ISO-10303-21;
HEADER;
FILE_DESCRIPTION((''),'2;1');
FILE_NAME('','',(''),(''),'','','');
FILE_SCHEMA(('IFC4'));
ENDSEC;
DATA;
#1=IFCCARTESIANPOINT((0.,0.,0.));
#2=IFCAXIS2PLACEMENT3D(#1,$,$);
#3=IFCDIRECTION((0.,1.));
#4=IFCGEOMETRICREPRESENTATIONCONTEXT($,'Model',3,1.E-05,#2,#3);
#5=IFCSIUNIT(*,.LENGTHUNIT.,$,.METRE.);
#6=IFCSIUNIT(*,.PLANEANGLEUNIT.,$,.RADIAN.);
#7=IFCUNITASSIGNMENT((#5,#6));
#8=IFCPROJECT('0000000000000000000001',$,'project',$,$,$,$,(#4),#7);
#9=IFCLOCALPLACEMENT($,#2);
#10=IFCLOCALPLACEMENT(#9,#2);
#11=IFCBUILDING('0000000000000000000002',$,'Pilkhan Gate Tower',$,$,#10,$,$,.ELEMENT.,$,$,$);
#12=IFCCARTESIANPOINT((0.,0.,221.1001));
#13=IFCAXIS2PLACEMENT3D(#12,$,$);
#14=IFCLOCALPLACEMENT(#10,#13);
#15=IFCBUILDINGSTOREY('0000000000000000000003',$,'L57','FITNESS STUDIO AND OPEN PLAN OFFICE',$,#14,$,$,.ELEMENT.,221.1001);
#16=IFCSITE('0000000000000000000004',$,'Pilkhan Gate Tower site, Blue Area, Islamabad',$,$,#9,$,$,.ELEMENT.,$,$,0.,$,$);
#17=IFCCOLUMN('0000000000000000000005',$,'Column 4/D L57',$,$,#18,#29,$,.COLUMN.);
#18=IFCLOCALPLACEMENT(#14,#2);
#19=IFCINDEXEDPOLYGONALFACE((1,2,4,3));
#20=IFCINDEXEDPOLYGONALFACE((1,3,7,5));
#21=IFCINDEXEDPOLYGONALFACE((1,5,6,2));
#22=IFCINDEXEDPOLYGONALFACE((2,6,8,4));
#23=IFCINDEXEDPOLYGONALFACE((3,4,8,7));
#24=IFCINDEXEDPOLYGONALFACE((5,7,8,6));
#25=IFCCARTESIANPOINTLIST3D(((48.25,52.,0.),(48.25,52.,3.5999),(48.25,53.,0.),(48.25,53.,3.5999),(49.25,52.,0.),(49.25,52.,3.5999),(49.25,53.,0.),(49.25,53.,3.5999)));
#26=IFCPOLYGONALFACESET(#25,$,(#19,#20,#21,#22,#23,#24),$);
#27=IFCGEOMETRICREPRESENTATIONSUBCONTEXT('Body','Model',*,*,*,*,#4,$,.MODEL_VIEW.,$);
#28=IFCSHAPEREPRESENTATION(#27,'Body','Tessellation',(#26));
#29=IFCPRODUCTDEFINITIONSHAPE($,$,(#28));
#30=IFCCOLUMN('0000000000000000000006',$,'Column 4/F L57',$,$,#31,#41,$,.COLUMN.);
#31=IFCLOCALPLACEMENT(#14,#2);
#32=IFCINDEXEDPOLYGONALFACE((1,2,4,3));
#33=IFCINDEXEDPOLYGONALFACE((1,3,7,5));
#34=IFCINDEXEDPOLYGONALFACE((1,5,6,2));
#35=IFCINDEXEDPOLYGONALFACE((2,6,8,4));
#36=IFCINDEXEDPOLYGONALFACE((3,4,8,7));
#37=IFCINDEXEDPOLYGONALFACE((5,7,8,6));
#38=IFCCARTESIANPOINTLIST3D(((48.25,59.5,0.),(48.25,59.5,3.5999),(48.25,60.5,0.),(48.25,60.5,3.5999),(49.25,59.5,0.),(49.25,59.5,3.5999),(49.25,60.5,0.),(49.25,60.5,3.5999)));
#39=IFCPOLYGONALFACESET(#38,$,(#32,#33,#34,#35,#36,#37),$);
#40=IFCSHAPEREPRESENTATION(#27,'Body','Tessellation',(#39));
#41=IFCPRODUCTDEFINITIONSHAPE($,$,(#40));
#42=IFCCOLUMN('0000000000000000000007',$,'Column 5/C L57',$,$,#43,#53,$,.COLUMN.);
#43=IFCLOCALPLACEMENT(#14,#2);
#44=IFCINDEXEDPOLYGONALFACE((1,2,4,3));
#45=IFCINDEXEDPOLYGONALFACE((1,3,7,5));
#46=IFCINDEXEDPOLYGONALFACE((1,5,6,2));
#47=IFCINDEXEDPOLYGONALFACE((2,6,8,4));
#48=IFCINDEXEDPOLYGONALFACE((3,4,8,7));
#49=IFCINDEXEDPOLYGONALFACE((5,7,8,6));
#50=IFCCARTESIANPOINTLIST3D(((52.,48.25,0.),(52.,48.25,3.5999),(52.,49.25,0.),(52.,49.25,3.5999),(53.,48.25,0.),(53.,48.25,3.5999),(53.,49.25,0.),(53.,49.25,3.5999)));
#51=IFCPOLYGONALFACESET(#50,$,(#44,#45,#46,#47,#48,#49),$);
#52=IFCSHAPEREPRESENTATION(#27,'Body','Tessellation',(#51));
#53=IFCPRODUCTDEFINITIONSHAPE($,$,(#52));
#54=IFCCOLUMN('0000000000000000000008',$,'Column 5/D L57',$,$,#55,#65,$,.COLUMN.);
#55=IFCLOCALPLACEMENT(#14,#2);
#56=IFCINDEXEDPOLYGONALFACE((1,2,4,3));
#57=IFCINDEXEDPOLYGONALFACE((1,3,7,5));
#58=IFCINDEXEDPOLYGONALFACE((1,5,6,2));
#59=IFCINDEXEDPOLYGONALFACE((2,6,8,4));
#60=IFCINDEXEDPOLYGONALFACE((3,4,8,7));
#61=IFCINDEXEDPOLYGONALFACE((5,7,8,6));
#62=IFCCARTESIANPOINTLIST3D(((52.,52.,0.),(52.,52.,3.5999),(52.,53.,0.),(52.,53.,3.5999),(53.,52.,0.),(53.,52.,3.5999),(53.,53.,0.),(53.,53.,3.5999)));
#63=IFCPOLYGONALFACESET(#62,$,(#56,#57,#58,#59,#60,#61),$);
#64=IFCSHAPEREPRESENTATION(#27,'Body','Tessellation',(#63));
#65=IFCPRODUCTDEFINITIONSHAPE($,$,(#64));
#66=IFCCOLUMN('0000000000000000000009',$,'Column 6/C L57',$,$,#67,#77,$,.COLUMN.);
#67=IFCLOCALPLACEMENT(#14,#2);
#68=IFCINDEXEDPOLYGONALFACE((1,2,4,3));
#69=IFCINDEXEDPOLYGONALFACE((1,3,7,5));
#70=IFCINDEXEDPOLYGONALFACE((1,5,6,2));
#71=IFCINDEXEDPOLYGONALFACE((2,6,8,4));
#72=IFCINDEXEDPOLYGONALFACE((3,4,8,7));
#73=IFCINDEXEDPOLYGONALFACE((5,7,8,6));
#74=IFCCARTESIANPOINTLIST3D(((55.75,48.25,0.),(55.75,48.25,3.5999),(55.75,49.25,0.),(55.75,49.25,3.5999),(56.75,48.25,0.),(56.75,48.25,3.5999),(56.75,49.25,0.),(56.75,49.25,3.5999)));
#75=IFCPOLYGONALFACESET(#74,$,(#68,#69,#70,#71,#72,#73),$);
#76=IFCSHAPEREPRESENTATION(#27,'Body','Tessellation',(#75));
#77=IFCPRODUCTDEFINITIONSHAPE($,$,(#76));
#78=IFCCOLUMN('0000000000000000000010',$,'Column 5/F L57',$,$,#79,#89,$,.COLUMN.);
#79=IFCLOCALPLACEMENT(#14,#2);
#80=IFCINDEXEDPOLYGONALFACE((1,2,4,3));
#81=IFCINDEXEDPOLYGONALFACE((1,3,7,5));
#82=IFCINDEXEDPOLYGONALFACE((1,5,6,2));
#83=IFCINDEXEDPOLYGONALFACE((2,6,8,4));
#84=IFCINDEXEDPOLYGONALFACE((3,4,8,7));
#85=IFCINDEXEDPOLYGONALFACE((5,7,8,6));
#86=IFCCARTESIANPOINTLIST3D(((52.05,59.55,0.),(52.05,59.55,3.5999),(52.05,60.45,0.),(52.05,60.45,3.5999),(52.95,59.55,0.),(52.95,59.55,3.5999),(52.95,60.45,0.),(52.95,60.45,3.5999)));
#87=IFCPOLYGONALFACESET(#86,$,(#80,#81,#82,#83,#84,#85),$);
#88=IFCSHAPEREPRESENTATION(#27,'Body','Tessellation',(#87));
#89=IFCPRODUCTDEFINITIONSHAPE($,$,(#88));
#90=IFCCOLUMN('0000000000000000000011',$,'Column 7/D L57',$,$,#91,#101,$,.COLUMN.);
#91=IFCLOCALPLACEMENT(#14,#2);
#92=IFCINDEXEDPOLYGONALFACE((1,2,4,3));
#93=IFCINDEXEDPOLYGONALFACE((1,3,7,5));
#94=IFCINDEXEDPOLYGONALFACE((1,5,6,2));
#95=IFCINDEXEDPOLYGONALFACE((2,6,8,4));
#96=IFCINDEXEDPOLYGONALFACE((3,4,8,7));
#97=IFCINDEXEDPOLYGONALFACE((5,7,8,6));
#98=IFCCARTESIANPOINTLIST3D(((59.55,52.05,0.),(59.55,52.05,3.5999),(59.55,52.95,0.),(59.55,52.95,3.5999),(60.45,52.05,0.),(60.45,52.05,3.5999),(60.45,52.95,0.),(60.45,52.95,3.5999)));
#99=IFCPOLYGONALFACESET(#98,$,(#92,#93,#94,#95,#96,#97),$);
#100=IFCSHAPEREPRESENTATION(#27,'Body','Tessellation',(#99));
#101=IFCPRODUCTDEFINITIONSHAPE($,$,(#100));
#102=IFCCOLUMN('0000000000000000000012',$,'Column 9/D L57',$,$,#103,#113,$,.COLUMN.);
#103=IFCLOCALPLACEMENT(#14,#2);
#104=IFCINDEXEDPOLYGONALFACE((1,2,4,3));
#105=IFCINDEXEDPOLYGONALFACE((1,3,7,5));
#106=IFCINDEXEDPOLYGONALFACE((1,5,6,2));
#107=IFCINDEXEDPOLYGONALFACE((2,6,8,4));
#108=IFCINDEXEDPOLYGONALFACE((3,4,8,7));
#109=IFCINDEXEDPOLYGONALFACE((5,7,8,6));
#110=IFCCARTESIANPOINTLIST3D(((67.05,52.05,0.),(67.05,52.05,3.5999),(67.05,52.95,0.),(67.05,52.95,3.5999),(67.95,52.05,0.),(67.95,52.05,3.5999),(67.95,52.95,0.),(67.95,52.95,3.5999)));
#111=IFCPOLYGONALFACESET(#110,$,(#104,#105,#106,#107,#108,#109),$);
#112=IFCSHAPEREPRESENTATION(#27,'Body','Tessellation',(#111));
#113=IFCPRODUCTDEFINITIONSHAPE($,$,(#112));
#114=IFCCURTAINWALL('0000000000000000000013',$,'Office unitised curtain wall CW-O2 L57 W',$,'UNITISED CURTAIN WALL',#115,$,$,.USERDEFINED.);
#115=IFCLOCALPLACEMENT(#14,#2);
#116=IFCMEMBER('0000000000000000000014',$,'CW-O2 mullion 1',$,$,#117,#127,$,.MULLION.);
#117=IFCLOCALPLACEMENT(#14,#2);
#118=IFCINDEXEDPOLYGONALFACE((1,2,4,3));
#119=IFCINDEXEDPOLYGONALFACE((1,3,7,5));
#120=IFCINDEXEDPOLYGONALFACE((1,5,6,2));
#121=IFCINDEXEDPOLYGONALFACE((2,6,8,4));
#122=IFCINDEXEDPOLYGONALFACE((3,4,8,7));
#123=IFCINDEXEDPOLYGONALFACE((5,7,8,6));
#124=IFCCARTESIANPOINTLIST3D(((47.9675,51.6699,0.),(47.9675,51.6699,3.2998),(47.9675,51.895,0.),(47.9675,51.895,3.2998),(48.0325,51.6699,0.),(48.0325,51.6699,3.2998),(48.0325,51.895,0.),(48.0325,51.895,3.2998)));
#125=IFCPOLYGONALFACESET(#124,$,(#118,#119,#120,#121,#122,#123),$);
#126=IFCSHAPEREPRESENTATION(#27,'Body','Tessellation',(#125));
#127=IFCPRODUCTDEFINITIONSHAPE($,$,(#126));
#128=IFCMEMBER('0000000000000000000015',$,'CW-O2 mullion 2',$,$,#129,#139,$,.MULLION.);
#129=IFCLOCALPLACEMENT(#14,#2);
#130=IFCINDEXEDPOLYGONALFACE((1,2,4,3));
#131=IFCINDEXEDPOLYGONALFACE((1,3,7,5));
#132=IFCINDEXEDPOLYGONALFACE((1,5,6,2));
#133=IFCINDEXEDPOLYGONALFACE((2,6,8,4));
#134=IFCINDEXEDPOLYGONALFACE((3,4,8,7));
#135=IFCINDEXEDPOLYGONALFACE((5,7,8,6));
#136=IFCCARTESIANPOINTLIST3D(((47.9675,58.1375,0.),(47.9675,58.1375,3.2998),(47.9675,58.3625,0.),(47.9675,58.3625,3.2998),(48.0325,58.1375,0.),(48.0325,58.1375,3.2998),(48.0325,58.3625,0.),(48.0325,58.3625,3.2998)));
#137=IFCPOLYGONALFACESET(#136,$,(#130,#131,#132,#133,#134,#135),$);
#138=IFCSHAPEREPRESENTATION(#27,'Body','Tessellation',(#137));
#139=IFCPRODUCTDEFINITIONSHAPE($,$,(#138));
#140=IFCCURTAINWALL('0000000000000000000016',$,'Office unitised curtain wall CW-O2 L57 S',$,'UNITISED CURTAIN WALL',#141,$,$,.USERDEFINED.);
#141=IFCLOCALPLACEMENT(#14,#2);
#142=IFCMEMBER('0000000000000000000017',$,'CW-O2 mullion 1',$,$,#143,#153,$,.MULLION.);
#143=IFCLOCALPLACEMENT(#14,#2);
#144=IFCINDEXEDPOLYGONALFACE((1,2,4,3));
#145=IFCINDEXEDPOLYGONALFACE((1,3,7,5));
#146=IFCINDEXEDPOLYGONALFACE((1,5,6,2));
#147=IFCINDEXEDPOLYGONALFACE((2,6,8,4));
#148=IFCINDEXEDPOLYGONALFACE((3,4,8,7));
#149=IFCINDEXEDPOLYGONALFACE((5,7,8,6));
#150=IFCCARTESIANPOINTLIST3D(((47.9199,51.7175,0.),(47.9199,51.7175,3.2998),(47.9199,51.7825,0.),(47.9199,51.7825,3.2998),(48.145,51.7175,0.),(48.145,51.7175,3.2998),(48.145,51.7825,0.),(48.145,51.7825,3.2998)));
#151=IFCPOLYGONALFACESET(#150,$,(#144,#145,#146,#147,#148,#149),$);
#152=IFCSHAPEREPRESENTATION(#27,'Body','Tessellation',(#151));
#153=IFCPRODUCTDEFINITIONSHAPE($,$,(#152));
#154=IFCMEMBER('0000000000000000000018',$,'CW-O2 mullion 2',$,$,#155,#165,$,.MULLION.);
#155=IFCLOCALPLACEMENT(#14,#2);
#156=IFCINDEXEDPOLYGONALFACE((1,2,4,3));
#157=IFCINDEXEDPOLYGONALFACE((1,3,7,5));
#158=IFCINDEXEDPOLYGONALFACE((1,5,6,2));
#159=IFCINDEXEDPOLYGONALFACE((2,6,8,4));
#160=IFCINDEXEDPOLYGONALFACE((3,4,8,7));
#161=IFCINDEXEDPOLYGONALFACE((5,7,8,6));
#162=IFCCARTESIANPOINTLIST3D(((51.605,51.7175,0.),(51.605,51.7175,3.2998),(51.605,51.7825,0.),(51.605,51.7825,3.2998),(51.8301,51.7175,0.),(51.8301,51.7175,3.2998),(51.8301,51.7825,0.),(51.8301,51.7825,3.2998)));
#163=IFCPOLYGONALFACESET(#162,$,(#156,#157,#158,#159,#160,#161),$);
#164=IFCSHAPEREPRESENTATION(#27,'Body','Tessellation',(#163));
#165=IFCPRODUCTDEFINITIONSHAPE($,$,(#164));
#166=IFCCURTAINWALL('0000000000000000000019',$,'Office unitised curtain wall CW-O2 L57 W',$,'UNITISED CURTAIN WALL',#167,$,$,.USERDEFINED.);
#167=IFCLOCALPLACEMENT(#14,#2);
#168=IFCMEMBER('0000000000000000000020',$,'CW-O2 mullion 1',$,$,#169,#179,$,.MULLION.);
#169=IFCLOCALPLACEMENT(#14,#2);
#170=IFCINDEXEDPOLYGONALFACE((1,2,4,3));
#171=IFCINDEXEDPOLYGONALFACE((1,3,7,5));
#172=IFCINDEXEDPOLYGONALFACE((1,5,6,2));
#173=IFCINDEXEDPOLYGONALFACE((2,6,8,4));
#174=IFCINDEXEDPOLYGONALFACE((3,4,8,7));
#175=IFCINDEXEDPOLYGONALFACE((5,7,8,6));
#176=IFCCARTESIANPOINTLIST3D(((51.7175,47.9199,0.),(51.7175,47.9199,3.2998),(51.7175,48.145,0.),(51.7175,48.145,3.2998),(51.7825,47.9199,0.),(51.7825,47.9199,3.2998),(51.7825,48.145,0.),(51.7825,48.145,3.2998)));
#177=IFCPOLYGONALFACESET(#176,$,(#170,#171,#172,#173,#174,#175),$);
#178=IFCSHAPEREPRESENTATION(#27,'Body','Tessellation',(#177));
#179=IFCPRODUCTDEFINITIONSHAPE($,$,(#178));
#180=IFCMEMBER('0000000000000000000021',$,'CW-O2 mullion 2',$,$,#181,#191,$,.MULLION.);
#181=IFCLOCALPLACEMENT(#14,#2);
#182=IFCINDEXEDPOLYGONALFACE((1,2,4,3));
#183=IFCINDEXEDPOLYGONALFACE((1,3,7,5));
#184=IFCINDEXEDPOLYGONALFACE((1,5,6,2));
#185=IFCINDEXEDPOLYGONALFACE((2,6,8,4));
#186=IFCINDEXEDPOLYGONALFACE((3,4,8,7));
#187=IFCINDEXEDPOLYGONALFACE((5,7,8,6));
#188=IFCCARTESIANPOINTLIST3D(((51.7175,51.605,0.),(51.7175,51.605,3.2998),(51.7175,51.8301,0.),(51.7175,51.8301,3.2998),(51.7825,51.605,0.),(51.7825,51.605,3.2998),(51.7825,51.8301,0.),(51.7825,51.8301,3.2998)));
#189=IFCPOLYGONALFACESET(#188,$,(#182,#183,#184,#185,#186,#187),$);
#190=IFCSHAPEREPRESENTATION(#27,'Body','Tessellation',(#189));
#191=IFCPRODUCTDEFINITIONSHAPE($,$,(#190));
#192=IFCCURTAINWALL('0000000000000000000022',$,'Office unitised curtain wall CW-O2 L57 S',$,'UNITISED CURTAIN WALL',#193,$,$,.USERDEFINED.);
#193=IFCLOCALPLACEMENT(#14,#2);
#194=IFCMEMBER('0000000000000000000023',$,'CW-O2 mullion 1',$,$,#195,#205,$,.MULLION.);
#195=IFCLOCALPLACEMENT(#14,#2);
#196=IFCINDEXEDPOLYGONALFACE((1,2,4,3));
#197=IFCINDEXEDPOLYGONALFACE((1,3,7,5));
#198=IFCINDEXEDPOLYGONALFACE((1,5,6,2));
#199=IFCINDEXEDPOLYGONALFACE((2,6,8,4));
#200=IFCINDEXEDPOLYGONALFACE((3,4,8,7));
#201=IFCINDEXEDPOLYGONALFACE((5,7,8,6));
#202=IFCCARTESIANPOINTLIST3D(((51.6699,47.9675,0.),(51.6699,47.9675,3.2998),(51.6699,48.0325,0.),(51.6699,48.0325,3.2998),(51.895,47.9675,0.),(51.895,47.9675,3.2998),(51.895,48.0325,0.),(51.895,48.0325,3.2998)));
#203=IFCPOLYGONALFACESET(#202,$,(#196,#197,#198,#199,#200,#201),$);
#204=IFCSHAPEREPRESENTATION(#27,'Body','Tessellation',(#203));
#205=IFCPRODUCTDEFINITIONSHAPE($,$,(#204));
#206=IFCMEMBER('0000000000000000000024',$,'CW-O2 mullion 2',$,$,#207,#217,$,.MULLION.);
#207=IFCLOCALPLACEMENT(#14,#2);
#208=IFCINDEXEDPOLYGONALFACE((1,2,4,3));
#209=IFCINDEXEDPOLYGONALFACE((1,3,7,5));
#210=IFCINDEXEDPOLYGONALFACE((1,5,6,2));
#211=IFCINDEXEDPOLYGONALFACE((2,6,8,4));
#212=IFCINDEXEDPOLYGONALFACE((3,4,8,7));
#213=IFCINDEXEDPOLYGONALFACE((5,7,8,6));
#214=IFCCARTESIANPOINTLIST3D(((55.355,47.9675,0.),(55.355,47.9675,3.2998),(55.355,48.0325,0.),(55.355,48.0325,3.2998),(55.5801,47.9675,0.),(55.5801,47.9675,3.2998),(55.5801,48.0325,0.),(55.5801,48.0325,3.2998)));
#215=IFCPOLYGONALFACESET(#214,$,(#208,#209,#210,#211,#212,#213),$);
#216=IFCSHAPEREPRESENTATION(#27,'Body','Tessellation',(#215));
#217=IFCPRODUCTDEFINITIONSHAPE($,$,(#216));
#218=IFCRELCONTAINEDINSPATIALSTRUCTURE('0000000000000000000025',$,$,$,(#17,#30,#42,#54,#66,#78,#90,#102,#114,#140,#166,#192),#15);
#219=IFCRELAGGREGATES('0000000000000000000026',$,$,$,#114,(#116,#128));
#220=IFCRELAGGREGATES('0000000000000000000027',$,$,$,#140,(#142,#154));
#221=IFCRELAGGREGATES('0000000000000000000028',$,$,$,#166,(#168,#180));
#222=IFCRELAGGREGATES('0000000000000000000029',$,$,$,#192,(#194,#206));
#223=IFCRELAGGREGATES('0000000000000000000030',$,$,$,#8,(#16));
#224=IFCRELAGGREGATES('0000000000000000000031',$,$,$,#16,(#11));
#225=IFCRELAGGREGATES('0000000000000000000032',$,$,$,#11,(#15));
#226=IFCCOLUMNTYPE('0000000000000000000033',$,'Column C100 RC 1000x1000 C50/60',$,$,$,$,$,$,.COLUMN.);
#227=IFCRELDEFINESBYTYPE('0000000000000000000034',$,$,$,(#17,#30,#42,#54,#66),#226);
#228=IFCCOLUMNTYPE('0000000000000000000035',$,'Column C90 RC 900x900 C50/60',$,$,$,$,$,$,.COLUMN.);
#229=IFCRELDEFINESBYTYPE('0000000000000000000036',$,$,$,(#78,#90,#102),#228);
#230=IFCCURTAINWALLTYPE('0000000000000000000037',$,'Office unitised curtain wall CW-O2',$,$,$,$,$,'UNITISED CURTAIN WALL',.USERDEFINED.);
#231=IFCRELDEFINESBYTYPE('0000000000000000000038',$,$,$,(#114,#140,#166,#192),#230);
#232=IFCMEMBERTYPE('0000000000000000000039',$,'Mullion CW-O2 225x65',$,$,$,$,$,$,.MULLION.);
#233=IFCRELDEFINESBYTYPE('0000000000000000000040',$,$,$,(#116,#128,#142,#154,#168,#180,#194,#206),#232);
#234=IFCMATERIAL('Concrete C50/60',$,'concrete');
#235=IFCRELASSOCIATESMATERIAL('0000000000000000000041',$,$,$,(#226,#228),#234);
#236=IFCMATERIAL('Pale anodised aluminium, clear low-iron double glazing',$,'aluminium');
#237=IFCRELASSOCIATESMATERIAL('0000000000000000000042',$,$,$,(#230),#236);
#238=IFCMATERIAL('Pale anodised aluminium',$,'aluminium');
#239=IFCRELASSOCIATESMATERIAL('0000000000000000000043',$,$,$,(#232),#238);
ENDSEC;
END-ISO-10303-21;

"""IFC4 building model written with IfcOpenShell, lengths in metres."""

from ifc_helpers import new_model, si_unit, direction, frame, origin, origin_2d, place, context, subcontext, project, spatial, rectangle, extrude, material, material_profile, profile_set, type_object, element, aggregate, save


model = new_model("IFC4")

# Units and contexts
model_context = context("Model", 3, precision=1e-05, world=origin(), true_north=direction((0.0, 1.0)))
body_context = subcontext(model_context, "Body", "Model", "MODEL_VIEW")
ifc_project = project(units=[si_unit("LENGTHUNIT", "METRE"), si_unit("PLANEANGLEUNIT", "RADIAN")], contexts=[model_context])

# Site, building, storey
site_placement = place(None, origin())
site = spatial("IfcSite", under=ifc_project, at=site_placement, Name="Pilkhan Gate Tower site, Blue Area, Islamabad", CompositionType="ELEMENT", RefElevation=0.0)
building_placement = place(site_placement, origin())
building = spatial("IfcBuilding", under=site, at=building_placement, Name="Pilkhan Gate Tower", CompositionType="ELEMENT")
storey_placement = place(building_placement, frame((0.0, 0.0, 221.1001)))
storey = spatial("IfcBuildingStorey", under=building, at=storey_placement, Name="L57", Description="FITNESS STUDIO AND OPEN PLAN OFFICE", CompositionType="ELEMENT", Elevation=221.1001)

# Columns
ifc_material_1 = material(Name="Concrete C50/60", Category="concrete")
ifc_material_profile_1 = material_profile(ifc_material_1, rectangle(XDim=1.0, YDim=1.0, at=origin_2d()), Name="RC 1000x1000")
ifc_profile_set_1 = profile_set([ifc_material_profile_1], Name="Concrete C50/60")
column_type_1 = type_object("IfcColumnType", Name="Column C100 RC 1000x1000 C50/60", PredefinedType="COLUMN", material=ifc_profile_set_1)
for number, where, z_axis, x_axis, name in (
    (1, (48.75, 52.5, 0.0), (0.0, 0.0, 1.0), (1.0, 0.0, 0.0), "Column 4/D L57"),
    (2, (48.75, 60.0, 0.0), (0.0, 0.0, 1.0), (1.0, 0.0, 0.0), "Column 4/F L57"),
    (3, (52.5, 48.75, 0.0), (0.0, 0.0, 1.0), (1.0, 0.0, 0.0), "Column 5/C L57"),
    (4, (52.5, 52.5, 0.0), (0.0, 0.0, 1.0), (1.0, 0.0, 0.0), "Column 5/D L57"),
    (5, (56.25, 48.75, 0.0), (0.0, 0.0, 1.0), (1.0, 0.0, 0.0), "Column 6/C L57"),
):
    element("IfcColumn", number, at=place(storey_placement, frame(where, z_axis=z_axis, x_axis=x_axis)), inside=storey, type_object=column_type_1, Name=name, PredefinedType="COLUMN", context=body_context, shape_type="SweptSolid", body=[
        extrude(rectangle(XDim=1.0, YDim=1.0, at=origin_2d()), origin(), (0.0, 0.0, 1.0), 3.5999),
    ])
ifc_material_profile_2 = material_profile(ifc_material_1, rectangle(XDim=0.8999, YDim=0.8999, at=origin_2d()), Name="RC 900x900")
ifc_profile_set_2 = profile_set([ifc_material_profile_2], Name="Concrete C50/60")
column_type_2 = type_object("IfcColumnType", Name="Column C90 RC 900x900 C50/60", PredefinedType="COLUMN", material=ifc_profile_set_2)
for number, where, z_axis, x_axis, name in (
    (6, (52.5, 60.0, 0.0), (0.0, 0.0, 1.0), (1.0, 0.0, 0.0), "Column 5/F L57"),
    (7, (60.0, 52.5, 0.0), (0.0, 0.0, 1.0), (1.0, 0.0, 0.0), "Column 7/D L57"),
    (8, (67.5, 52.5, 0.0), (0.0, 0.0, 1.0), (1.0, 0.0, 0.0), "Column 9/D L57"),
):
    element("IfcColumn", number, at=place(storey_placement, frame(where, z_axis=z_axis, x_axis=x_axis)), inside=storey, type_object=column_type_2, Name=name, PredefinedType="COLUMN", context=body_context, shape_type="SweptSolid", body=[
        extrude(rectangle(XDim=0.8999, YDim=0.8999, at=origin_2d()), origin(), (0.0, 0.0, 1.0), 3.5999),
    ])

# Curtain walls, members
ifc_material_2 = material(Name="Pale anodised aluminium, clear low-iron double glazing", Category="aluminium")
curtain_wall_type = type_object("IfcCurtainWallType", Name="Office unitised curtain wall CW-O2", ElementType="UNITISED CURTAIN WALL", PredefinedType="USERDEFINED", material=ifc_material_2)
curtain_wall_1_placement = place(storey_placement, origin())
curtain_wall_1 = element("IfcCurtainWall", 9, at=curtain_wall_1_placement, inside=storey, type_object=curtain_wall_type, Name="Office unitised curtain wall CW-O2 L57 W", ObjectType="UNITISED CURTAIN WALL", PredefinedType="USERDEFINED")
ifc_material_3 = material(Name="Pale anodised aluminium", Category="aluminium")
ifc_material_profile_3 = material_profile(ifc_material_3, rectangle(XDim=0.0649, YDim=0.2251, at=origin_2d()), Name="Mullion 225x65")
ifc_profile_set_3 = profile_set([ifc_material_profile_3], Name="Pale anodised aluminium")
member_type_1 = type_object("IfcMemberType", Name="Mullion CW-O2 225x65", PredefinedType="MULLION", material=ifc_profile_set_3)
member_1_placement = place(storey_placement, frame((48.0, 51.7825, 0.0), z_axis=(0.0, 0.0, 1.0), x_axis=(-1.0, 0.0, 0.0)))
member_1 = element("IfcMember", 10, at=member_1_placement, type_object=member_type_1, Name="CW-O2 mullion 1", PredefinedType="MULLION", context=body_context, shape_type="SweptSolid", body=[
    extrude(rectangle(XDim=0.0649, YDim=0.2251, at=origin_2d()), origin(), (0.0, 0.0, 1.0), 3.2998),
])
member_2_placement = place(storey_placement, frame((48.0, 58.25, 0.0), z_axis=(0.0, 0.0, 1.0), x_axis=(-1.0, 0.0, 0.0)))
member_2 = element("IfcMember", 11, at=member_2_placement, type_object=member_type_1, Name="CW-O2 mullion 2", PredefinedType="MULLION", context=body_context, shape_type="SweptSolid", body=[
    extrude(rectangle(XDim=0.0649, YDim=0.2251, at=origin_2d()), origin(), (0.0, 0.0, 1.0), 3.2998),
])
curtain_wall_2_placement = place(storey_placement, origin())
curtain_wall_2 = element("IfcCurtainWall", 12, at=curtain_wall_2_placement, inside=storey, type_object=curtain_wall_type, Name="Office unitised curtain wall CW-O2 L57 S", ObjectType="UNITISED CURTAIN WALL", PredefinedType="USERDEFINED")
member_3_placement = place(storey_placement, frame((48.0325, 51.75, 0.0), z_axis=(0.0, 0.0, 1.0), x_axis=(0.0, 1.0, 0.0)))
member_3 = element("IfcMember", 13, at=member_3_placement, type_object=member_type_1, Name="CW-O2 mullion 1", PredefinedType="MULLION", context=body_context, shape_type="SweptSolid", body=[
    extrude(rectangle(XDim=0.0649, YDim=0.2251, at=origin_2d()), origin(), (0.0, 0.0, 1.0), 3.2998),
])
member_4_placement = place(storey_placement, frame((51.7175, 51.75, 0.0), z_axis=(0.0, 0.0, 1.0), x_axis=(0.0, 1.0, 0.0)))
member_4 = element("IfcMember", 14, at=member_4_placement, type_object=member_type_1, Name="CW-O2 mullion 2", PredefinedType="MULLION", context=body_context, shape_type="SweptSolid", body=[
    extrude(rectangle(XDim=0.0649, YDim=0.2251, at=origin_2d()), origin(), (0.0, 0.0, 1.0), 3.2998),
])
curtain_wall_3_placement = place(storey_placement, origin())
curtain_wall_3 = element("IfcCurtainWall", 15, at=curtain_wall_3_placement, inside=storey, type_object=curtain_wall_type, Name="Office unitised curtain wall CW-O2 L57 W", ObjectType="UNITISED CURTAIN WALL", PredefinedType="USERDEFINED")
member_5_placement = place(storey_placement, frame((51.75, 48.0325, 0.0), z_axis=(0.0, 0.0, 1.0), x_axis=(-1.0, 0.0, 0.0)))
member_5 = element("IfcMember", 16, at=member_5_placement, type_object=member_type_1, Name="CW-O2 mullion 1", PredefinedType="MULLION", context=body_context, shape_type="SweptSolid", body=[
    extrude(rectangle(XDim=0.0649, YDim=0.2251, at=origin_2d()), origin(), (0.0, 0.0, 1.0), 3.2998),
])
member_6_placement = place(storey_placement, frame((51.75, 51.7175, 0.0), z_axis=(0.0, 0.0, 1.0), x_axis=(-1.0, 0.0, 0.0)))
member_6 = element("IfcMember", 17, at=member_6_placement, type_object=member_type_1, Name="CW-O2 mullion 2", PredefinedType="MULLION", context=body_context, shape_type="SweptSolid", body=[
    extrude(rectangle(XDim=0.0649, YDim=0.2251, at=origin_2d()), origin(), (0.0, 0.0, 1.0), 3.2998),
])
curtain_wall_4_placement = place(storey_placement, origin())
curtain_wall_4 = element("IfcCurtainWall", 18, at=curtain_wall_4_placement, inside=storey, type_object=curtain_wall_type, Name="Office unitised curtain wall CW-O2 L57 S", ObjectType="UNITISED CURTAIN WALL", PredefinedType="USERDEFINED")
member_7_placement = place(storey_placement, frame((51.7825, 48.0, 0.0), z_axis=(0.0, 0.0, 1.0), x_axis=(0.0, 1.0, 0.0)))
member_7 = element("IfcMember", 19, at=member_7_placement, type_object=member_type_1, Name="CW-O2 mullion 1", PredefinedType="MULLION", context=body_context, shape_type="SweptSolid", body=[
    extrude(rectangle(XDim=0.0649, YDim=0.2251, at=origin_2d()), origin(), (0.0, 0.0, 1.0), 3.2998),
])
member_8_placement = place(storey_placement, frame((55.4675, 48.0, 0.0), z_axis=(0.0, 0.0, 1.0), x_axis=(0.0, 1.0, 0.0)))
member_8 = element("IfcMember", 20, at=member_8_placement, type_object=member_type_1, Name="CW-O2 mullion 2", PredefinedType="MULLION", context=body_context, shape_type="SweptSolid", body=[
    extrude(rectangle(XDim=0.0649, YDim=0.2251, at=origin_2d()), origin(), (0.0, 0.0, 1.0), 3.2998),
])

aggregate(curtain_wall_1, [member_1, member_2])
aggregate(curtain_wall_2, [member_3, member_4])
aggregate(curtain_wall_3, [member_5, member_6])
aggregate(curtain_wall_4, [member_7, member_8])

save(model, "model.ifc")
